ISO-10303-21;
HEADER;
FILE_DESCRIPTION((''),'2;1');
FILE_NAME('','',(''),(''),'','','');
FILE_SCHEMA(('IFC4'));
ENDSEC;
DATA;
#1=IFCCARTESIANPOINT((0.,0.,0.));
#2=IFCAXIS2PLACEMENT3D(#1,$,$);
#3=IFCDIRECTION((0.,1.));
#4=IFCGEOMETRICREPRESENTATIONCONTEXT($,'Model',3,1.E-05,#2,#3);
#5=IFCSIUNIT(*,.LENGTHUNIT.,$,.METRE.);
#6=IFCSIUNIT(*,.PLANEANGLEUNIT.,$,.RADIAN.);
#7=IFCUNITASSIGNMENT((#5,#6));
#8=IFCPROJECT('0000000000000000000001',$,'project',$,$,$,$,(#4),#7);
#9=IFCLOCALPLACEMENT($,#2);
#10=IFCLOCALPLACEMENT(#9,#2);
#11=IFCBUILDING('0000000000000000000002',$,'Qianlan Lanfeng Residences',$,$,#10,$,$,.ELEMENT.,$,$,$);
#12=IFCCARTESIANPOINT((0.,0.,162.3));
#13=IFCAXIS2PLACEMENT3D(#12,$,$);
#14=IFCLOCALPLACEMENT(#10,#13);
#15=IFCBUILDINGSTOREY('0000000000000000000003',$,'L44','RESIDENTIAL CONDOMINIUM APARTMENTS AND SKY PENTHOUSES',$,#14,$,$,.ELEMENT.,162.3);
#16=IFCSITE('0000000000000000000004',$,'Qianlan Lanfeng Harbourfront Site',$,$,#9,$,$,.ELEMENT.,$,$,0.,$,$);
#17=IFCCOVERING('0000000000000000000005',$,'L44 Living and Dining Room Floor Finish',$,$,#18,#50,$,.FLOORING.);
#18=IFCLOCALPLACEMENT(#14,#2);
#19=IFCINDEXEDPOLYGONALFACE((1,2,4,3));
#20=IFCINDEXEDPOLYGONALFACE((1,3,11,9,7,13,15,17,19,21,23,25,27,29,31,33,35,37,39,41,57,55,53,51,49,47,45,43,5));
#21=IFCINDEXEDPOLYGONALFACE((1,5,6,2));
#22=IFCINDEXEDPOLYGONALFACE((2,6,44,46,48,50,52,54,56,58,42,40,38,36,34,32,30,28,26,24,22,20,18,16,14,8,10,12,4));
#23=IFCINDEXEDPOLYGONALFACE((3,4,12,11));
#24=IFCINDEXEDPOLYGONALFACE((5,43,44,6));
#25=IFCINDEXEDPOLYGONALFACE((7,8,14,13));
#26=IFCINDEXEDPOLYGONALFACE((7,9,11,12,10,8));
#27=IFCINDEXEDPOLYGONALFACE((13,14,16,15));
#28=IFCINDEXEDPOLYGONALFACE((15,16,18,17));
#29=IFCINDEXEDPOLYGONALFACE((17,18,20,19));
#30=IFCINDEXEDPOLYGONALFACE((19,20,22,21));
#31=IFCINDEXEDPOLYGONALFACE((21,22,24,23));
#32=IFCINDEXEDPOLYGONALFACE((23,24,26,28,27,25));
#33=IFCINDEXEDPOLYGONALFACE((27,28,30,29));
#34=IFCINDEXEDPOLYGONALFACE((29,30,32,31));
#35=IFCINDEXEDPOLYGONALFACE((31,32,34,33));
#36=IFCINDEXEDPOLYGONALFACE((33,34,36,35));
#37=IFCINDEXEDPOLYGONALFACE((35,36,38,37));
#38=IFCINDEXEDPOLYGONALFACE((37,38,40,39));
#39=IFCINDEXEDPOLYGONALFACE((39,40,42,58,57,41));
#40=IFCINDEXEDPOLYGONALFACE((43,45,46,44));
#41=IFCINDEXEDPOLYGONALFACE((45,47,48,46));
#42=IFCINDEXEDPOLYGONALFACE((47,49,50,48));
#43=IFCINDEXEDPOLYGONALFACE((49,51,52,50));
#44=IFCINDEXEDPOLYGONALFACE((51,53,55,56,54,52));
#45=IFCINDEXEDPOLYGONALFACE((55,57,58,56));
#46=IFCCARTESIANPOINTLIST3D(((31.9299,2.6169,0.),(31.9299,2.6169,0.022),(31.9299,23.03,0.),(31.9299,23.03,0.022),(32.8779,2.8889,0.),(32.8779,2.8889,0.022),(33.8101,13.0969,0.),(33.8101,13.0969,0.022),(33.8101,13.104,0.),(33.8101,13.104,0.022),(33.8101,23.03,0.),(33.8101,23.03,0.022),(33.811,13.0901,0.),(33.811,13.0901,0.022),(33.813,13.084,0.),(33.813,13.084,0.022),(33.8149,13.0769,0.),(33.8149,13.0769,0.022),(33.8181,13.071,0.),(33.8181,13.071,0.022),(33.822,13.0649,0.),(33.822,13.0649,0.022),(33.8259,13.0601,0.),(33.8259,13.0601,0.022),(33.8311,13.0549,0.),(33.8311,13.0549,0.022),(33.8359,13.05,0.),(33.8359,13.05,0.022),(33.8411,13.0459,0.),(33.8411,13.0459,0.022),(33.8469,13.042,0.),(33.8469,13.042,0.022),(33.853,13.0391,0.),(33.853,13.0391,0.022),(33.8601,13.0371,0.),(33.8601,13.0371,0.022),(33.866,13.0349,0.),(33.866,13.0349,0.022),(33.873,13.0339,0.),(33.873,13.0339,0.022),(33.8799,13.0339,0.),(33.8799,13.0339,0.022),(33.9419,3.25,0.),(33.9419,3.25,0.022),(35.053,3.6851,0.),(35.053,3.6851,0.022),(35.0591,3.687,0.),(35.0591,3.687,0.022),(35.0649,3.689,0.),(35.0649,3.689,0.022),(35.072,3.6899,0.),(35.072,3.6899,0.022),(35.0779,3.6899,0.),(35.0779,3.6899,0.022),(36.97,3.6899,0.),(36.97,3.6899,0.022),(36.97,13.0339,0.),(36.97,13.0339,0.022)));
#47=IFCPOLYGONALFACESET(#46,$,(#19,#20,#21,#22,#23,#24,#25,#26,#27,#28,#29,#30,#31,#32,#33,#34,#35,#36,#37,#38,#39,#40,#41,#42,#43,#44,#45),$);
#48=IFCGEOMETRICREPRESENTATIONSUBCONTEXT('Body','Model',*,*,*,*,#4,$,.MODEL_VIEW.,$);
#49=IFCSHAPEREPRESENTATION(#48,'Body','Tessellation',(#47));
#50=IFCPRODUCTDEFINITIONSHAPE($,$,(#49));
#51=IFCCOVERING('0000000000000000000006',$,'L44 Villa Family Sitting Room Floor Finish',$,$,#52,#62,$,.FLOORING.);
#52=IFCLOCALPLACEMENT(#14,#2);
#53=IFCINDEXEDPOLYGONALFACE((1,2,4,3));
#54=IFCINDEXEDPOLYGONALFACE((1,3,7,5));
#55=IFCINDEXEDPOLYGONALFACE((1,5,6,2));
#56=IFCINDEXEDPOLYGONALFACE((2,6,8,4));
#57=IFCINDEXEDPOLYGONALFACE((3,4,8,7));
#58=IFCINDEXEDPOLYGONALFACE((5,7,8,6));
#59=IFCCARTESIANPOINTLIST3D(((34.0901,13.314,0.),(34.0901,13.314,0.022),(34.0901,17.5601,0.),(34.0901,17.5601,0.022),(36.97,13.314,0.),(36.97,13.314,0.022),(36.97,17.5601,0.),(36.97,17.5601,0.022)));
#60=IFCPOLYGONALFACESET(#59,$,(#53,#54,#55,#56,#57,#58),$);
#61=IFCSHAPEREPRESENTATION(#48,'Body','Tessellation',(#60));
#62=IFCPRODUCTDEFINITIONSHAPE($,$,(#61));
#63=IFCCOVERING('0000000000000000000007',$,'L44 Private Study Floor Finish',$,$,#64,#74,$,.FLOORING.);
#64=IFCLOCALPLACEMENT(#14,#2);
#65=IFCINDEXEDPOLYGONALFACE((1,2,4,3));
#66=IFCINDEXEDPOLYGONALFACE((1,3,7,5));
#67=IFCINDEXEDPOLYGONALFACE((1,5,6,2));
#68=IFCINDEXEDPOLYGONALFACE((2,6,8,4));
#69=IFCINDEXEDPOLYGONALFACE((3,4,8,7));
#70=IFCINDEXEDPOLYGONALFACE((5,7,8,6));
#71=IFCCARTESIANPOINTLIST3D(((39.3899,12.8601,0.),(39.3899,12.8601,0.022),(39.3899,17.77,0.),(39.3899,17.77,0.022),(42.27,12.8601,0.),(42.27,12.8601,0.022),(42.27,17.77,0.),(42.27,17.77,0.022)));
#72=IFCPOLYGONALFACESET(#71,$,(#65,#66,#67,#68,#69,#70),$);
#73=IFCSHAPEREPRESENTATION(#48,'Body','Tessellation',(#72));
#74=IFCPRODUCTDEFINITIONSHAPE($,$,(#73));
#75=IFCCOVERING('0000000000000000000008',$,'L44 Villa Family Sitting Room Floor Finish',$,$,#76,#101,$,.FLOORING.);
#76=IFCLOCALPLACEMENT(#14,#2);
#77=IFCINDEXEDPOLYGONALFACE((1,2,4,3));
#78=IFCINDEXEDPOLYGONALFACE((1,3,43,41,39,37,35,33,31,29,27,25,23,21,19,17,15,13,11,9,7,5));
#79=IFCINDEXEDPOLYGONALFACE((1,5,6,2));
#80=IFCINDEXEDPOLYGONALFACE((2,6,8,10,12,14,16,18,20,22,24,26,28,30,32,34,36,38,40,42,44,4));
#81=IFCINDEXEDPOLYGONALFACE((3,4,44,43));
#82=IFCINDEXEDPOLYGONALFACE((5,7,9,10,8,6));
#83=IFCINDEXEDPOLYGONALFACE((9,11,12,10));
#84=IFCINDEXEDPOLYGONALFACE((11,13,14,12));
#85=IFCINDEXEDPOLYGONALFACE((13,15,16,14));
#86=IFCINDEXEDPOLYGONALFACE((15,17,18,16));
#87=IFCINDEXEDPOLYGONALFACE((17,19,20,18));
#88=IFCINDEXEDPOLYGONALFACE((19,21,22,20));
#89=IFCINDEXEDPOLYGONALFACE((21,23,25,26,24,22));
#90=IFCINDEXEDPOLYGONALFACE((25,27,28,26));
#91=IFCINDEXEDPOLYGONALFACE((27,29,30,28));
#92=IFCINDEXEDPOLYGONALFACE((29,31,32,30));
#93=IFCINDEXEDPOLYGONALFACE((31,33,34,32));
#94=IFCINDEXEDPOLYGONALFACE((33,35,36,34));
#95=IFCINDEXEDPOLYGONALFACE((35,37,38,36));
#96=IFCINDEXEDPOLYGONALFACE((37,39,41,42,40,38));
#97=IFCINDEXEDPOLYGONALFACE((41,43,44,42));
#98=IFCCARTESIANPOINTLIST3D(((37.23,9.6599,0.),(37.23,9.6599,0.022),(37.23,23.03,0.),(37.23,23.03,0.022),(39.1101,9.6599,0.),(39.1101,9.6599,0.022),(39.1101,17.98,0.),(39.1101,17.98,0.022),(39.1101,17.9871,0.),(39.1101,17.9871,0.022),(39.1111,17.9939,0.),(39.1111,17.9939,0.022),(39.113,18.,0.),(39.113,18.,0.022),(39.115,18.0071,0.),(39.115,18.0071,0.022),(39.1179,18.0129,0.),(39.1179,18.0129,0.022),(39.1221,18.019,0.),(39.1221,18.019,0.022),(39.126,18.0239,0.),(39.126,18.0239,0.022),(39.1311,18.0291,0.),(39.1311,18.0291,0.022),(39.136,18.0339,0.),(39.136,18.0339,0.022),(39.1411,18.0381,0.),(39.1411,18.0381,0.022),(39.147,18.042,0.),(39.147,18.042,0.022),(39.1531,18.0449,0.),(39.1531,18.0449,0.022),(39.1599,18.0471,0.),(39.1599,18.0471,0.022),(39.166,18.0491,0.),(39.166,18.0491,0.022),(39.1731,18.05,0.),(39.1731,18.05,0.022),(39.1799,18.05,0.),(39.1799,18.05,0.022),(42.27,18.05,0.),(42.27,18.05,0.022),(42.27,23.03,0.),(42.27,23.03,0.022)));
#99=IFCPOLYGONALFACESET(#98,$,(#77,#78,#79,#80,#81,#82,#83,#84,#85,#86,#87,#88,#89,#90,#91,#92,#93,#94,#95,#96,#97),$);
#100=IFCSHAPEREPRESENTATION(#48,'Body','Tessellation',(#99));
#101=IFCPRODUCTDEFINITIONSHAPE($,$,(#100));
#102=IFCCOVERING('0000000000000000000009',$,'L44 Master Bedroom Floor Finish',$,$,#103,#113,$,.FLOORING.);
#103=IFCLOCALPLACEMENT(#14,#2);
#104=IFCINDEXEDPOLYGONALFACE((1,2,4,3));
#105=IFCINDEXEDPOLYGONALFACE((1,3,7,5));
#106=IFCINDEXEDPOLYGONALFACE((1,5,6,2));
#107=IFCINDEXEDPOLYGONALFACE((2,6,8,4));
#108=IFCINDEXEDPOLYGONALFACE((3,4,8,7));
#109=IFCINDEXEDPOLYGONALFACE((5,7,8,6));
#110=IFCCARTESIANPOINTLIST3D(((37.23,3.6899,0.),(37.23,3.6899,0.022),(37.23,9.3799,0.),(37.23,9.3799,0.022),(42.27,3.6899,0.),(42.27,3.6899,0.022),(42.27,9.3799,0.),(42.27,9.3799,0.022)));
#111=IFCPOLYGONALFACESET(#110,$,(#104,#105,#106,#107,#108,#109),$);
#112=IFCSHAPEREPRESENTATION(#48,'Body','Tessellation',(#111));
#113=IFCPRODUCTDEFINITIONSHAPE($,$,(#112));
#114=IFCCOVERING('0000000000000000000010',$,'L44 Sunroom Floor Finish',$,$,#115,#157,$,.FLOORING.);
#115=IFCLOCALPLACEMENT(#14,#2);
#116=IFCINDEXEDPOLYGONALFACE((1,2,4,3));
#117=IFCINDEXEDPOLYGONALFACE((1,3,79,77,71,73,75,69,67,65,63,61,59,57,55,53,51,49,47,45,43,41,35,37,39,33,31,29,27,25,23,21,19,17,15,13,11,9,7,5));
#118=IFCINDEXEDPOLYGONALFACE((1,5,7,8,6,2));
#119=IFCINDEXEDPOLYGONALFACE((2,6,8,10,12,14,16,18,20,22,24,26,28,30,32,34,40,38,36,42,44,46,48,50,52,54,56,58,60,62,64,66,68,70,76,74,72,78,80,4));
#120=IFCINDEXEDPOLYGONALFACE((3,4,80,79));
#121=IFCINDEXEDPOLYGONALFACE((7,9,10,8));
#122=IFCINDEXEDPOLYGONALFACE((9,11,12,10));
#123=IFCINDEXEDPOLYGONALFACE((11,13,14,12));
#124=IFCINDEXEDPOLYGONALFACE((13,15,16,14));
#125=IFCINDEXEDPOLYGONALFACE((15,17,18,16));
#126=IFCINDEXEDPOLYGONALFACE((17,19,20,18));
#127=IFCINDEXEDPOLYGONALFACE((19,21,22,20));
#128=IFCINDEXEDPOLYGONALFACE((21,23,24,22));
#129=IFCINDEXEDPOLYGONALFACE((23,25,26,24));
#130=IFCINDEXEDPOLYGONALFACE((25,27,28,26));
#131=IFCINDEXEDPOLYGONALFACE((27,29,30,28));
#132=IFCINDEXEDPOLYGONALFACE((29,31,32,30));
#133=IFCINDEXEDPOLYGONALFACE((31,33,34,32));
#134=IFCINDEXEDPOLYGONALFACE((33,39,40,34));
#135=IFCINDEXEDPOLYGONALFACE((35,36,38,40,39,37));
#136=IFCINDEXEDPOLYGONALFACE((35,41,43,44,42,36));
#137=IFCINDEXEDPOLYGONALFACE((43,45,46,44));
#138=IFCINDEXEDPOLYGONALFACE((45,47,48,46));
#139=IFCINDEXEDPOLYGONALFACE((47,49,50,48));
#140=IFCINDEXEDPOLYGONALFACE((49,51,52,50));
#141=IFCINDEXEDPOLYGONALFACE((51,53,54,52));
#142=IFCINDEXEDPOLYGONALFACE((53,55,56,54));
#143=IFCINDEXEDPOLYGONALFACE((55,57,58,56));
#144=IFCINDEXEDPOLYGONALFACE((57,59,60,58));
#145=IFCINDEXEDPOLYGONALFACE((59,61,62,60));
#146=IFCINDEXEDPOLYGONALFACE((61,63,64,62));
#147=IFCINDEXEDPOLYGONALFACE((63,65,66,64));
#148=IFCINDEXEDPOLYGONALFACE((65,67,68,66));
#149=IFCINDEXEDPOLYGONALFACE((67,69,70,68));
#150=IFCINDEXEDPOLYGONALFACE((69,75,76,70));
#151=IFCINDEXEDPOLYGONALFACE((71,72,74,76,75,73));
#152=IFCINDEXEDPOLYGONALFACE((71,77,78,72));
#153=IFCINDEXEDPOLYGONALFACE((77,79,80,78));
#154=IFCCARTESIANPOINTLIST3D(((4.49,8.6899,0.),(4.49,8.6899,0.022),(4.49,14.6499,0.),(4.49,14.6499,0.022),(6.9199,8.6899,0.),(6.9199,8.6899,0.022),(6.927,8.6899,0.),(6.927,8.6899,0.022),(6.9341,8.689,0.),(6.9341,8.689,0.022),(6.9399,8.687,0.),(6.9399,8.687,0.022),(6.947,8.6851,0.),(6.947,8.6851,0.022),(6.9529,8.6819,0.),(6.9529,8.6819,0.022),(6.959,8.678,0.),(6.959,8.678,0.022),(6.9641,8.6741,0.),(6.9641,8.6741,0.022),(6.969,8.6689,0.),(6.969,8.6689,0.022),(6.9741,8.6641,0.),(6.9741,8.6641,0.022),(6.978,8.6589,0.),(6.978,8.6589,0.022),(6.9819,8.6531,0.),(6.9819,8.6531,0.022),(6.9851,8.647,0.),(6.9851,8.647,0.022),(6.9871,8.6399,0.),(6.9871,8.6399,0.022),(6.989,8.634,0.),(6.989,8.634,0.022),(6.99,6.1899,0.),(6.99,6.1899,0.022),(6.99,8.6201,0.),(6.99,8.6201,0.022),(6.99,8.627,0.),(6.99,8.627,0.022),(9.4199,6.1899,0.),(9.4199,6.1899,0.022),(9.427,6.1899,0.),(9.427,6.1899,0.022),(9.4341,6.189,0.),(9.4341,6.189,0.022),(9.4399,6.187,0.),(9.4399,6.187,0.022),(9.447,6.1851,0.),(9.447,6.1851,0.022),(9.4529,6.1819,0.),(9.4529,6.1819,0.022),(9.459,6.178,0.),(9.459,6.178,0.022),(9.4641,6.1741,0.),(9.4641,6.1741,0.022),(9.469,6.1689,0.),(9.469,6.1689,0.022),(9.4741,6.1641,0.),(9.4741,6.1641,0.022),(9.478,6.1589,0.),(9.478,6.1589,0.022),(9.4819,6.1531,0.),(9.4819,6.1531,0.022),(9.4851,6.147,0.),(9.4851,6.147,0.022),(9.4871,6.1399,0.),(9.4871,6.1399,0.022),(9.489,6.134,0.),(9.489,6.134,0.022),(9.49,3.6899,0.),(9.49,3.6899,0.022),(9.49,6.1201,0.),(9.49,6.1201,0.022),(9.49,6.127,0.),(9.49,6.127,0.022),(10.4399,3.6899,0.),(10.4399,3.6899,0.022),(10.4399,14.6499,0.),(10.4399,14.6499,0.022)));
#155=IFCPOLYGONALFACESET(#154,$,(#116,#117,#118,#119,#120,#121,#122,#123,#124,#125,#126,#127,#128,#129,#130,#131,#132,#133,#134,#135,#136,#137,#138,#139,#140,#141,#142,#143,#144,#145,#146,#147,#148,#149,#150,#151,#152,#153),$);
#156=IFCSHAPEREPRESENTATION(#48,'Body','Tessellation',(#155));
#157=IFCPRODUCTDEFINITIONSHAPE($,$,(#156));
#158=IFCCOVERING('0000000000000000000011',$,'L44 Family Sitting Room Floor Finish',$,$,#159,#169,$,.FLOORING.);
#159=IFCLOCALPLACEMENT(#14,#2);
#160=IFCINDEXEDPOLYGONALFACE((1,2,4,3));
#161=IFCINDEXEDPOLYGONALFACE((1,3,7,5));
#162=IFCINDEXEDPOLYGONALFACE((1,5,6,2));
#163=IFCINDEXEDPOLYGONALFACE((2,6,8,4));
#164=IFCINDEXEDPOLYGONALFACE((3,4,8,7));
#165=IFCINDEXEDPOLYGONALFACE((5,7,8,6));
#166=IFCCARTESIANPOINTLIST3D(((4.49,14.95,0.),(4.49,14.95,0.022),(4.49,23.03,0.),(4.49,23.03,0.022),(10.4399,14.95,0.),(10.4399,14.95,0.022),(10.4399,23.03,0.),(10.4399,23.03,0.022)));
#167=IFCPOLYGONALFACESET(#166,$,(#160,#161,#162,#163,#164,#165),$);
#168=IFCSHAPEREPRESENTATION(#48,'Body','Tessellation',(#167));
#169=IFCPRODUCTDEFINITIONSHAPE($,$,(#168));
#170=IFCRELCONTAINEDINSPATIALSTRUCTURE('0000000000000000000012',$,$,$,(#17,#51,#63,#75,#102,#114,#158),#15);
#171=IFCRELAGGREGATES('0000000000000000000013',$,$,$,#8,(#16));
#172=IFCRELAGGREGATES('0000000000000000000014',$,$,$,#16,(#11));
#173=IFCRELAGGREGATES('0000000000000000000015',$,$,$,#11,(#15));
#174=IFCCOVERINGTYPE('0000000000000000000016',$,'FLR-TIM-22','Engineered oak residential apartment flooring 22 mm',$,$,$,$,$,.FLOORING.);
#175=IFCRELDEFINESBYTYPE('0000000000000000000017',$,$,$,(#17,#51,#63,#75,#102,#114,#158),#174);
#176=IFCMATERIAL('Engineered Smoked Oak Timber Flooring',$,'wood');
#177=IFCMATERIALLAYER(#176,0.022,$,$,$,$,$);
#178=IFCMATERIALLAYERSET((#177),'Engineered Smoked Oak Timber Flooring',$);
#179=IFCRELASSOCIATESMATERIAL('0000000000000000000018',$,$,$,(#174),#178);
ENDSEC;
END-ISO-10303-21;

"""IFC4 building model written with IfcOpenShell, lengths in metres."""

from ifc_helpers import new_model, si_unit, direction, frame, origin, place, context, subcontext, project, spatial, polyline, outline, extrude, material, layer, layer_set, type_object, element, save


model = new_model("IFC4")

# Units and contexts
model_context = context("Model", 3, precision=1e-05, world=origin(), true_north=direction((0.0, 1.0)))
body_context = subcontext(model_context, "Body", "Model", "MODEL_VIEW")
ifc_project = project(units=[si_unit("LENGTHUNIT", "METRE"), si_unit("PLANEANGLEUNIT", "RADIAN")], contexts=[model_context])

# Site, building, storey
site_placement = place(None, origin())
site = spatial("IfcSite", under=ifc_project, at=site_placement, Name="Qianlan Lanfeng Harbourfront Site", CompositionType="ELEMENT", RefElevation=0.0)
building_placement = place(site_placement, origin())
building = spatial("IfcBuilding", under=site, at=building_placement, Name="Qianlan Lanfeng Residences", CompositionType="ELEMENT")
storey_placement = place(building_placement, frame((0.0, 0.0, 162.3)))
storey = spatial("IfcBuildingStorey", under=building, at=storey_placement, Name="L44", Description="RESIDENTIAL CONDOMINIUM APARTMENTS AND SKY PENTHOUSES", CompositionType="ELEMENT", Elevation=162.3)

# Coverings
ifc_material_1 = material(Name="Engineered Smoked Oak Timber Flooring", Category="wood")
ifc_layer_1 = layer(ifc_material_1, 0.022)
ifc_layer_set_1 = layer_set([ifc_layer_1], Name="Engineered Smoked Oak Timber Flooring")
covering_type_1 = type_object("IfcCoveringType", Name="FLR-TIM-22", Description="Engineered oak residential apartment flooring 22 mm", PredefinedType="FLOORING", material=ifc_layer_set_1)
covering_1_placement = place(storey_placement, origin())
element("IfcCovering", 1, at=covering_1_placement, inside=storey, type_object=covering_type_1, Name="L44 Living and Dining Room Floor Finish", PredefinedType="FLOORING", context=body_context, shape_type="SweptSolid", body=[
    extrude(outline(polyline([(36.97, 3.6899), (36.97, 13.0339), (33.8799, 13.0339), (33.873, 13.0339), (33.866, 13.0349), (33.8601, 13.0371), (33.853, 13.0391), (33.8469, 13.042), (33.8411, 13.0459), (33.8359, 13.05), (33.8311, 13.0549), (33.8259, 13.0601), (33.822, 13.0649), (33.8181, 13.071), (33.8149, 13.0769), (33.813, 13.084), (33.811, 13.0901), (33.8101, 13.0969), (33.8101, 13.104), (33.8101, 23.03), (31.9299, 23.03), (31.9299, 2.6169), (32.8779, 2.8889), (33.9419, 3.25), (35.053, 3.6851), (35.0591, 3.687), (35.0649, 3.689), (35.072, 3.6899), (35.0779, 3.6899), (36.97, 3.6899)])), origin(), (0.0, 0.0, 1.0), 0.022),
])
covering_2_placement = place(storey_placement, origin())
element("IfcCovering", 2, at=covering_2_placement, inside=storey, type_object=covering_type_1, Name="L44 Villa Family Sitting Room Floor Finish", PredefinedType="FLOORING", context=body_context, shape_type="SweptSolid", body=[
    extrude(outline(polyline([(34.0901, 17.5601), (34.0901, 13.314), (36.97, 13.314), (36.97, 17.5601), (34.0901, 17.5601)])), origin(), (0.0, 0.0, 1.0), 0.022),
])
covering_3_placement = place(storey_placement, origin())
element("IfcCovering", 3, at=covering_3_placement, inside=storey, type_object=covering_type_1, Name="L44 Private Study Floor Finish", PredefinedType="FLOORING", context=body_context, shape_type="SweptSolid", body=[
    extrude(outline(polyline([(39.3899, 12.8601), (42.27, 12.8601), (42.27, 17.77), (39.3899, 17.77), (39.3899, 12.8601)])), origin(), (0.0, 0.0, 1.0), 0.022),
])
covering_4_placement = place(storey_placement, origin())
element("IfcCovering", 4, at=covering_4_placement, inside=storey, type_object=covering_type_1, Name="L44 Villa Family Sitting Room Floor Finish", PredefinedType="FLOORING", context=body_context, shape_type="SweptSolid", body=[
    extrude(outline(polyline([(37.23, 9.6599), (39.1101, 9.6599), (39.1101, 17.98), (39.1101, 17.9871), (39.1111, 17.9939), (39.113, 18.0), (39.115, 18.0071), (39.1179, 18.0129), (39.1221, 18.019), (39.126, 18.0239), (39.1311, 18.0291), (39.136, 18.0339), (39.1411, 18.0381), (39.147, 18.042), (39.1531, 18.0449), (39.1599, 18.0471), (39.166, 18.0491), (39.1731, 18.05), (39.1799, 18.05), (42.27, 18.05), (42.27, 23.03), (37.23, 23.03), (37.23, 9.6599)])), origin(), (0.0, 0.0, 1.0), 0.022),
])
covering_5_placement = place(storey_placement, origin())
element("IfcCovering", 5, at=covering_5_placement, inside=storey, type_object=covering_type_1, Name="L44 Master Bedroom Floor Finish", PredefinedType="FLOORING", context=body_context, shape_type="SweptSolid", body=[
    extrude(outline(polyline([(37.23, 9.3799), (37.23, 3.6899), (42.27, 3.6899), (42.27, 9.3799), (37.23, 9.3799)])), origin(), (0.0, 0.0, 1.0), 0.022),
])
covering_6_placement = place(storey_placement, origin())
element("IfcCovering", 6, at=covering_6_placement, inside=storey, type_object=covering_type_1, Name="L44 Sunroom Floor Finish", PredefinedType="FLOORING", context=body_context, shape_type="SweptSolid", body=[
    extrude(outline(polyline([(10.4399, 14.6499), (4.49, 14.6499), (4.49, 8.6899), (6.9199, 8.6899), (6.927, 8.6899), (6.9341, 8.689), (6.9399, 8.687), (6.947, 8.6851), (6.9529, 8.6819), (6.959, 8.678), (6.9641, 8.6741), (6.969, 8.6689), (6.9741, 8.6641), (6.978, 8.6589), (6.9819, 8.6531), (6.9851, 8.647), (6.9871, 8.6399), (6.989, 8.634), (6.99, 8.627), (6.99, 8.6201), (6.99, 6.1899), (9.4199, 6.1899), (9.427, 6.1899), (9.4341, 6.189), (9.4399, 6.187), (9.447, 6.1851), (9.4529, 6.1819), (9.459, 6.178), (9.4641, 6.1741), (9.469, 6.1689), (9.4741, 6.1641), (9.478, 6.1589), (9.4819, 6.1531), (9.4851, 6.147), (9.4871, 6.1399), (9.489, 6.134), (9.49, 6.127), (9.49, 6.1201), (9.49, 3.6899), (10.4399, 3.6899), (10.4399, 14.6499)])), origin(), (0.0, 0.0, 1.0), 0.022),
])
covering_7_placement = place(storey_placement, origin())
element("IfcCovering", 7, at=covering_7_placement, inside=storey, type_object=covering_type_1, Name="L44 Family Sitting Room Floor Finish", PredefinedType="FLOORING", context=body_context, shape_type="SweptSolid", body=[
    extrude(outline(polyline([(10.4399, 23.03), (4.49, 23.03), (4.49, 14.95), (10.4399, 14.95), (10.4399, 23.03)])), origin(), (0.0, 0.0, 1.0), 0.022),
])

save(model, "model.ifc")
